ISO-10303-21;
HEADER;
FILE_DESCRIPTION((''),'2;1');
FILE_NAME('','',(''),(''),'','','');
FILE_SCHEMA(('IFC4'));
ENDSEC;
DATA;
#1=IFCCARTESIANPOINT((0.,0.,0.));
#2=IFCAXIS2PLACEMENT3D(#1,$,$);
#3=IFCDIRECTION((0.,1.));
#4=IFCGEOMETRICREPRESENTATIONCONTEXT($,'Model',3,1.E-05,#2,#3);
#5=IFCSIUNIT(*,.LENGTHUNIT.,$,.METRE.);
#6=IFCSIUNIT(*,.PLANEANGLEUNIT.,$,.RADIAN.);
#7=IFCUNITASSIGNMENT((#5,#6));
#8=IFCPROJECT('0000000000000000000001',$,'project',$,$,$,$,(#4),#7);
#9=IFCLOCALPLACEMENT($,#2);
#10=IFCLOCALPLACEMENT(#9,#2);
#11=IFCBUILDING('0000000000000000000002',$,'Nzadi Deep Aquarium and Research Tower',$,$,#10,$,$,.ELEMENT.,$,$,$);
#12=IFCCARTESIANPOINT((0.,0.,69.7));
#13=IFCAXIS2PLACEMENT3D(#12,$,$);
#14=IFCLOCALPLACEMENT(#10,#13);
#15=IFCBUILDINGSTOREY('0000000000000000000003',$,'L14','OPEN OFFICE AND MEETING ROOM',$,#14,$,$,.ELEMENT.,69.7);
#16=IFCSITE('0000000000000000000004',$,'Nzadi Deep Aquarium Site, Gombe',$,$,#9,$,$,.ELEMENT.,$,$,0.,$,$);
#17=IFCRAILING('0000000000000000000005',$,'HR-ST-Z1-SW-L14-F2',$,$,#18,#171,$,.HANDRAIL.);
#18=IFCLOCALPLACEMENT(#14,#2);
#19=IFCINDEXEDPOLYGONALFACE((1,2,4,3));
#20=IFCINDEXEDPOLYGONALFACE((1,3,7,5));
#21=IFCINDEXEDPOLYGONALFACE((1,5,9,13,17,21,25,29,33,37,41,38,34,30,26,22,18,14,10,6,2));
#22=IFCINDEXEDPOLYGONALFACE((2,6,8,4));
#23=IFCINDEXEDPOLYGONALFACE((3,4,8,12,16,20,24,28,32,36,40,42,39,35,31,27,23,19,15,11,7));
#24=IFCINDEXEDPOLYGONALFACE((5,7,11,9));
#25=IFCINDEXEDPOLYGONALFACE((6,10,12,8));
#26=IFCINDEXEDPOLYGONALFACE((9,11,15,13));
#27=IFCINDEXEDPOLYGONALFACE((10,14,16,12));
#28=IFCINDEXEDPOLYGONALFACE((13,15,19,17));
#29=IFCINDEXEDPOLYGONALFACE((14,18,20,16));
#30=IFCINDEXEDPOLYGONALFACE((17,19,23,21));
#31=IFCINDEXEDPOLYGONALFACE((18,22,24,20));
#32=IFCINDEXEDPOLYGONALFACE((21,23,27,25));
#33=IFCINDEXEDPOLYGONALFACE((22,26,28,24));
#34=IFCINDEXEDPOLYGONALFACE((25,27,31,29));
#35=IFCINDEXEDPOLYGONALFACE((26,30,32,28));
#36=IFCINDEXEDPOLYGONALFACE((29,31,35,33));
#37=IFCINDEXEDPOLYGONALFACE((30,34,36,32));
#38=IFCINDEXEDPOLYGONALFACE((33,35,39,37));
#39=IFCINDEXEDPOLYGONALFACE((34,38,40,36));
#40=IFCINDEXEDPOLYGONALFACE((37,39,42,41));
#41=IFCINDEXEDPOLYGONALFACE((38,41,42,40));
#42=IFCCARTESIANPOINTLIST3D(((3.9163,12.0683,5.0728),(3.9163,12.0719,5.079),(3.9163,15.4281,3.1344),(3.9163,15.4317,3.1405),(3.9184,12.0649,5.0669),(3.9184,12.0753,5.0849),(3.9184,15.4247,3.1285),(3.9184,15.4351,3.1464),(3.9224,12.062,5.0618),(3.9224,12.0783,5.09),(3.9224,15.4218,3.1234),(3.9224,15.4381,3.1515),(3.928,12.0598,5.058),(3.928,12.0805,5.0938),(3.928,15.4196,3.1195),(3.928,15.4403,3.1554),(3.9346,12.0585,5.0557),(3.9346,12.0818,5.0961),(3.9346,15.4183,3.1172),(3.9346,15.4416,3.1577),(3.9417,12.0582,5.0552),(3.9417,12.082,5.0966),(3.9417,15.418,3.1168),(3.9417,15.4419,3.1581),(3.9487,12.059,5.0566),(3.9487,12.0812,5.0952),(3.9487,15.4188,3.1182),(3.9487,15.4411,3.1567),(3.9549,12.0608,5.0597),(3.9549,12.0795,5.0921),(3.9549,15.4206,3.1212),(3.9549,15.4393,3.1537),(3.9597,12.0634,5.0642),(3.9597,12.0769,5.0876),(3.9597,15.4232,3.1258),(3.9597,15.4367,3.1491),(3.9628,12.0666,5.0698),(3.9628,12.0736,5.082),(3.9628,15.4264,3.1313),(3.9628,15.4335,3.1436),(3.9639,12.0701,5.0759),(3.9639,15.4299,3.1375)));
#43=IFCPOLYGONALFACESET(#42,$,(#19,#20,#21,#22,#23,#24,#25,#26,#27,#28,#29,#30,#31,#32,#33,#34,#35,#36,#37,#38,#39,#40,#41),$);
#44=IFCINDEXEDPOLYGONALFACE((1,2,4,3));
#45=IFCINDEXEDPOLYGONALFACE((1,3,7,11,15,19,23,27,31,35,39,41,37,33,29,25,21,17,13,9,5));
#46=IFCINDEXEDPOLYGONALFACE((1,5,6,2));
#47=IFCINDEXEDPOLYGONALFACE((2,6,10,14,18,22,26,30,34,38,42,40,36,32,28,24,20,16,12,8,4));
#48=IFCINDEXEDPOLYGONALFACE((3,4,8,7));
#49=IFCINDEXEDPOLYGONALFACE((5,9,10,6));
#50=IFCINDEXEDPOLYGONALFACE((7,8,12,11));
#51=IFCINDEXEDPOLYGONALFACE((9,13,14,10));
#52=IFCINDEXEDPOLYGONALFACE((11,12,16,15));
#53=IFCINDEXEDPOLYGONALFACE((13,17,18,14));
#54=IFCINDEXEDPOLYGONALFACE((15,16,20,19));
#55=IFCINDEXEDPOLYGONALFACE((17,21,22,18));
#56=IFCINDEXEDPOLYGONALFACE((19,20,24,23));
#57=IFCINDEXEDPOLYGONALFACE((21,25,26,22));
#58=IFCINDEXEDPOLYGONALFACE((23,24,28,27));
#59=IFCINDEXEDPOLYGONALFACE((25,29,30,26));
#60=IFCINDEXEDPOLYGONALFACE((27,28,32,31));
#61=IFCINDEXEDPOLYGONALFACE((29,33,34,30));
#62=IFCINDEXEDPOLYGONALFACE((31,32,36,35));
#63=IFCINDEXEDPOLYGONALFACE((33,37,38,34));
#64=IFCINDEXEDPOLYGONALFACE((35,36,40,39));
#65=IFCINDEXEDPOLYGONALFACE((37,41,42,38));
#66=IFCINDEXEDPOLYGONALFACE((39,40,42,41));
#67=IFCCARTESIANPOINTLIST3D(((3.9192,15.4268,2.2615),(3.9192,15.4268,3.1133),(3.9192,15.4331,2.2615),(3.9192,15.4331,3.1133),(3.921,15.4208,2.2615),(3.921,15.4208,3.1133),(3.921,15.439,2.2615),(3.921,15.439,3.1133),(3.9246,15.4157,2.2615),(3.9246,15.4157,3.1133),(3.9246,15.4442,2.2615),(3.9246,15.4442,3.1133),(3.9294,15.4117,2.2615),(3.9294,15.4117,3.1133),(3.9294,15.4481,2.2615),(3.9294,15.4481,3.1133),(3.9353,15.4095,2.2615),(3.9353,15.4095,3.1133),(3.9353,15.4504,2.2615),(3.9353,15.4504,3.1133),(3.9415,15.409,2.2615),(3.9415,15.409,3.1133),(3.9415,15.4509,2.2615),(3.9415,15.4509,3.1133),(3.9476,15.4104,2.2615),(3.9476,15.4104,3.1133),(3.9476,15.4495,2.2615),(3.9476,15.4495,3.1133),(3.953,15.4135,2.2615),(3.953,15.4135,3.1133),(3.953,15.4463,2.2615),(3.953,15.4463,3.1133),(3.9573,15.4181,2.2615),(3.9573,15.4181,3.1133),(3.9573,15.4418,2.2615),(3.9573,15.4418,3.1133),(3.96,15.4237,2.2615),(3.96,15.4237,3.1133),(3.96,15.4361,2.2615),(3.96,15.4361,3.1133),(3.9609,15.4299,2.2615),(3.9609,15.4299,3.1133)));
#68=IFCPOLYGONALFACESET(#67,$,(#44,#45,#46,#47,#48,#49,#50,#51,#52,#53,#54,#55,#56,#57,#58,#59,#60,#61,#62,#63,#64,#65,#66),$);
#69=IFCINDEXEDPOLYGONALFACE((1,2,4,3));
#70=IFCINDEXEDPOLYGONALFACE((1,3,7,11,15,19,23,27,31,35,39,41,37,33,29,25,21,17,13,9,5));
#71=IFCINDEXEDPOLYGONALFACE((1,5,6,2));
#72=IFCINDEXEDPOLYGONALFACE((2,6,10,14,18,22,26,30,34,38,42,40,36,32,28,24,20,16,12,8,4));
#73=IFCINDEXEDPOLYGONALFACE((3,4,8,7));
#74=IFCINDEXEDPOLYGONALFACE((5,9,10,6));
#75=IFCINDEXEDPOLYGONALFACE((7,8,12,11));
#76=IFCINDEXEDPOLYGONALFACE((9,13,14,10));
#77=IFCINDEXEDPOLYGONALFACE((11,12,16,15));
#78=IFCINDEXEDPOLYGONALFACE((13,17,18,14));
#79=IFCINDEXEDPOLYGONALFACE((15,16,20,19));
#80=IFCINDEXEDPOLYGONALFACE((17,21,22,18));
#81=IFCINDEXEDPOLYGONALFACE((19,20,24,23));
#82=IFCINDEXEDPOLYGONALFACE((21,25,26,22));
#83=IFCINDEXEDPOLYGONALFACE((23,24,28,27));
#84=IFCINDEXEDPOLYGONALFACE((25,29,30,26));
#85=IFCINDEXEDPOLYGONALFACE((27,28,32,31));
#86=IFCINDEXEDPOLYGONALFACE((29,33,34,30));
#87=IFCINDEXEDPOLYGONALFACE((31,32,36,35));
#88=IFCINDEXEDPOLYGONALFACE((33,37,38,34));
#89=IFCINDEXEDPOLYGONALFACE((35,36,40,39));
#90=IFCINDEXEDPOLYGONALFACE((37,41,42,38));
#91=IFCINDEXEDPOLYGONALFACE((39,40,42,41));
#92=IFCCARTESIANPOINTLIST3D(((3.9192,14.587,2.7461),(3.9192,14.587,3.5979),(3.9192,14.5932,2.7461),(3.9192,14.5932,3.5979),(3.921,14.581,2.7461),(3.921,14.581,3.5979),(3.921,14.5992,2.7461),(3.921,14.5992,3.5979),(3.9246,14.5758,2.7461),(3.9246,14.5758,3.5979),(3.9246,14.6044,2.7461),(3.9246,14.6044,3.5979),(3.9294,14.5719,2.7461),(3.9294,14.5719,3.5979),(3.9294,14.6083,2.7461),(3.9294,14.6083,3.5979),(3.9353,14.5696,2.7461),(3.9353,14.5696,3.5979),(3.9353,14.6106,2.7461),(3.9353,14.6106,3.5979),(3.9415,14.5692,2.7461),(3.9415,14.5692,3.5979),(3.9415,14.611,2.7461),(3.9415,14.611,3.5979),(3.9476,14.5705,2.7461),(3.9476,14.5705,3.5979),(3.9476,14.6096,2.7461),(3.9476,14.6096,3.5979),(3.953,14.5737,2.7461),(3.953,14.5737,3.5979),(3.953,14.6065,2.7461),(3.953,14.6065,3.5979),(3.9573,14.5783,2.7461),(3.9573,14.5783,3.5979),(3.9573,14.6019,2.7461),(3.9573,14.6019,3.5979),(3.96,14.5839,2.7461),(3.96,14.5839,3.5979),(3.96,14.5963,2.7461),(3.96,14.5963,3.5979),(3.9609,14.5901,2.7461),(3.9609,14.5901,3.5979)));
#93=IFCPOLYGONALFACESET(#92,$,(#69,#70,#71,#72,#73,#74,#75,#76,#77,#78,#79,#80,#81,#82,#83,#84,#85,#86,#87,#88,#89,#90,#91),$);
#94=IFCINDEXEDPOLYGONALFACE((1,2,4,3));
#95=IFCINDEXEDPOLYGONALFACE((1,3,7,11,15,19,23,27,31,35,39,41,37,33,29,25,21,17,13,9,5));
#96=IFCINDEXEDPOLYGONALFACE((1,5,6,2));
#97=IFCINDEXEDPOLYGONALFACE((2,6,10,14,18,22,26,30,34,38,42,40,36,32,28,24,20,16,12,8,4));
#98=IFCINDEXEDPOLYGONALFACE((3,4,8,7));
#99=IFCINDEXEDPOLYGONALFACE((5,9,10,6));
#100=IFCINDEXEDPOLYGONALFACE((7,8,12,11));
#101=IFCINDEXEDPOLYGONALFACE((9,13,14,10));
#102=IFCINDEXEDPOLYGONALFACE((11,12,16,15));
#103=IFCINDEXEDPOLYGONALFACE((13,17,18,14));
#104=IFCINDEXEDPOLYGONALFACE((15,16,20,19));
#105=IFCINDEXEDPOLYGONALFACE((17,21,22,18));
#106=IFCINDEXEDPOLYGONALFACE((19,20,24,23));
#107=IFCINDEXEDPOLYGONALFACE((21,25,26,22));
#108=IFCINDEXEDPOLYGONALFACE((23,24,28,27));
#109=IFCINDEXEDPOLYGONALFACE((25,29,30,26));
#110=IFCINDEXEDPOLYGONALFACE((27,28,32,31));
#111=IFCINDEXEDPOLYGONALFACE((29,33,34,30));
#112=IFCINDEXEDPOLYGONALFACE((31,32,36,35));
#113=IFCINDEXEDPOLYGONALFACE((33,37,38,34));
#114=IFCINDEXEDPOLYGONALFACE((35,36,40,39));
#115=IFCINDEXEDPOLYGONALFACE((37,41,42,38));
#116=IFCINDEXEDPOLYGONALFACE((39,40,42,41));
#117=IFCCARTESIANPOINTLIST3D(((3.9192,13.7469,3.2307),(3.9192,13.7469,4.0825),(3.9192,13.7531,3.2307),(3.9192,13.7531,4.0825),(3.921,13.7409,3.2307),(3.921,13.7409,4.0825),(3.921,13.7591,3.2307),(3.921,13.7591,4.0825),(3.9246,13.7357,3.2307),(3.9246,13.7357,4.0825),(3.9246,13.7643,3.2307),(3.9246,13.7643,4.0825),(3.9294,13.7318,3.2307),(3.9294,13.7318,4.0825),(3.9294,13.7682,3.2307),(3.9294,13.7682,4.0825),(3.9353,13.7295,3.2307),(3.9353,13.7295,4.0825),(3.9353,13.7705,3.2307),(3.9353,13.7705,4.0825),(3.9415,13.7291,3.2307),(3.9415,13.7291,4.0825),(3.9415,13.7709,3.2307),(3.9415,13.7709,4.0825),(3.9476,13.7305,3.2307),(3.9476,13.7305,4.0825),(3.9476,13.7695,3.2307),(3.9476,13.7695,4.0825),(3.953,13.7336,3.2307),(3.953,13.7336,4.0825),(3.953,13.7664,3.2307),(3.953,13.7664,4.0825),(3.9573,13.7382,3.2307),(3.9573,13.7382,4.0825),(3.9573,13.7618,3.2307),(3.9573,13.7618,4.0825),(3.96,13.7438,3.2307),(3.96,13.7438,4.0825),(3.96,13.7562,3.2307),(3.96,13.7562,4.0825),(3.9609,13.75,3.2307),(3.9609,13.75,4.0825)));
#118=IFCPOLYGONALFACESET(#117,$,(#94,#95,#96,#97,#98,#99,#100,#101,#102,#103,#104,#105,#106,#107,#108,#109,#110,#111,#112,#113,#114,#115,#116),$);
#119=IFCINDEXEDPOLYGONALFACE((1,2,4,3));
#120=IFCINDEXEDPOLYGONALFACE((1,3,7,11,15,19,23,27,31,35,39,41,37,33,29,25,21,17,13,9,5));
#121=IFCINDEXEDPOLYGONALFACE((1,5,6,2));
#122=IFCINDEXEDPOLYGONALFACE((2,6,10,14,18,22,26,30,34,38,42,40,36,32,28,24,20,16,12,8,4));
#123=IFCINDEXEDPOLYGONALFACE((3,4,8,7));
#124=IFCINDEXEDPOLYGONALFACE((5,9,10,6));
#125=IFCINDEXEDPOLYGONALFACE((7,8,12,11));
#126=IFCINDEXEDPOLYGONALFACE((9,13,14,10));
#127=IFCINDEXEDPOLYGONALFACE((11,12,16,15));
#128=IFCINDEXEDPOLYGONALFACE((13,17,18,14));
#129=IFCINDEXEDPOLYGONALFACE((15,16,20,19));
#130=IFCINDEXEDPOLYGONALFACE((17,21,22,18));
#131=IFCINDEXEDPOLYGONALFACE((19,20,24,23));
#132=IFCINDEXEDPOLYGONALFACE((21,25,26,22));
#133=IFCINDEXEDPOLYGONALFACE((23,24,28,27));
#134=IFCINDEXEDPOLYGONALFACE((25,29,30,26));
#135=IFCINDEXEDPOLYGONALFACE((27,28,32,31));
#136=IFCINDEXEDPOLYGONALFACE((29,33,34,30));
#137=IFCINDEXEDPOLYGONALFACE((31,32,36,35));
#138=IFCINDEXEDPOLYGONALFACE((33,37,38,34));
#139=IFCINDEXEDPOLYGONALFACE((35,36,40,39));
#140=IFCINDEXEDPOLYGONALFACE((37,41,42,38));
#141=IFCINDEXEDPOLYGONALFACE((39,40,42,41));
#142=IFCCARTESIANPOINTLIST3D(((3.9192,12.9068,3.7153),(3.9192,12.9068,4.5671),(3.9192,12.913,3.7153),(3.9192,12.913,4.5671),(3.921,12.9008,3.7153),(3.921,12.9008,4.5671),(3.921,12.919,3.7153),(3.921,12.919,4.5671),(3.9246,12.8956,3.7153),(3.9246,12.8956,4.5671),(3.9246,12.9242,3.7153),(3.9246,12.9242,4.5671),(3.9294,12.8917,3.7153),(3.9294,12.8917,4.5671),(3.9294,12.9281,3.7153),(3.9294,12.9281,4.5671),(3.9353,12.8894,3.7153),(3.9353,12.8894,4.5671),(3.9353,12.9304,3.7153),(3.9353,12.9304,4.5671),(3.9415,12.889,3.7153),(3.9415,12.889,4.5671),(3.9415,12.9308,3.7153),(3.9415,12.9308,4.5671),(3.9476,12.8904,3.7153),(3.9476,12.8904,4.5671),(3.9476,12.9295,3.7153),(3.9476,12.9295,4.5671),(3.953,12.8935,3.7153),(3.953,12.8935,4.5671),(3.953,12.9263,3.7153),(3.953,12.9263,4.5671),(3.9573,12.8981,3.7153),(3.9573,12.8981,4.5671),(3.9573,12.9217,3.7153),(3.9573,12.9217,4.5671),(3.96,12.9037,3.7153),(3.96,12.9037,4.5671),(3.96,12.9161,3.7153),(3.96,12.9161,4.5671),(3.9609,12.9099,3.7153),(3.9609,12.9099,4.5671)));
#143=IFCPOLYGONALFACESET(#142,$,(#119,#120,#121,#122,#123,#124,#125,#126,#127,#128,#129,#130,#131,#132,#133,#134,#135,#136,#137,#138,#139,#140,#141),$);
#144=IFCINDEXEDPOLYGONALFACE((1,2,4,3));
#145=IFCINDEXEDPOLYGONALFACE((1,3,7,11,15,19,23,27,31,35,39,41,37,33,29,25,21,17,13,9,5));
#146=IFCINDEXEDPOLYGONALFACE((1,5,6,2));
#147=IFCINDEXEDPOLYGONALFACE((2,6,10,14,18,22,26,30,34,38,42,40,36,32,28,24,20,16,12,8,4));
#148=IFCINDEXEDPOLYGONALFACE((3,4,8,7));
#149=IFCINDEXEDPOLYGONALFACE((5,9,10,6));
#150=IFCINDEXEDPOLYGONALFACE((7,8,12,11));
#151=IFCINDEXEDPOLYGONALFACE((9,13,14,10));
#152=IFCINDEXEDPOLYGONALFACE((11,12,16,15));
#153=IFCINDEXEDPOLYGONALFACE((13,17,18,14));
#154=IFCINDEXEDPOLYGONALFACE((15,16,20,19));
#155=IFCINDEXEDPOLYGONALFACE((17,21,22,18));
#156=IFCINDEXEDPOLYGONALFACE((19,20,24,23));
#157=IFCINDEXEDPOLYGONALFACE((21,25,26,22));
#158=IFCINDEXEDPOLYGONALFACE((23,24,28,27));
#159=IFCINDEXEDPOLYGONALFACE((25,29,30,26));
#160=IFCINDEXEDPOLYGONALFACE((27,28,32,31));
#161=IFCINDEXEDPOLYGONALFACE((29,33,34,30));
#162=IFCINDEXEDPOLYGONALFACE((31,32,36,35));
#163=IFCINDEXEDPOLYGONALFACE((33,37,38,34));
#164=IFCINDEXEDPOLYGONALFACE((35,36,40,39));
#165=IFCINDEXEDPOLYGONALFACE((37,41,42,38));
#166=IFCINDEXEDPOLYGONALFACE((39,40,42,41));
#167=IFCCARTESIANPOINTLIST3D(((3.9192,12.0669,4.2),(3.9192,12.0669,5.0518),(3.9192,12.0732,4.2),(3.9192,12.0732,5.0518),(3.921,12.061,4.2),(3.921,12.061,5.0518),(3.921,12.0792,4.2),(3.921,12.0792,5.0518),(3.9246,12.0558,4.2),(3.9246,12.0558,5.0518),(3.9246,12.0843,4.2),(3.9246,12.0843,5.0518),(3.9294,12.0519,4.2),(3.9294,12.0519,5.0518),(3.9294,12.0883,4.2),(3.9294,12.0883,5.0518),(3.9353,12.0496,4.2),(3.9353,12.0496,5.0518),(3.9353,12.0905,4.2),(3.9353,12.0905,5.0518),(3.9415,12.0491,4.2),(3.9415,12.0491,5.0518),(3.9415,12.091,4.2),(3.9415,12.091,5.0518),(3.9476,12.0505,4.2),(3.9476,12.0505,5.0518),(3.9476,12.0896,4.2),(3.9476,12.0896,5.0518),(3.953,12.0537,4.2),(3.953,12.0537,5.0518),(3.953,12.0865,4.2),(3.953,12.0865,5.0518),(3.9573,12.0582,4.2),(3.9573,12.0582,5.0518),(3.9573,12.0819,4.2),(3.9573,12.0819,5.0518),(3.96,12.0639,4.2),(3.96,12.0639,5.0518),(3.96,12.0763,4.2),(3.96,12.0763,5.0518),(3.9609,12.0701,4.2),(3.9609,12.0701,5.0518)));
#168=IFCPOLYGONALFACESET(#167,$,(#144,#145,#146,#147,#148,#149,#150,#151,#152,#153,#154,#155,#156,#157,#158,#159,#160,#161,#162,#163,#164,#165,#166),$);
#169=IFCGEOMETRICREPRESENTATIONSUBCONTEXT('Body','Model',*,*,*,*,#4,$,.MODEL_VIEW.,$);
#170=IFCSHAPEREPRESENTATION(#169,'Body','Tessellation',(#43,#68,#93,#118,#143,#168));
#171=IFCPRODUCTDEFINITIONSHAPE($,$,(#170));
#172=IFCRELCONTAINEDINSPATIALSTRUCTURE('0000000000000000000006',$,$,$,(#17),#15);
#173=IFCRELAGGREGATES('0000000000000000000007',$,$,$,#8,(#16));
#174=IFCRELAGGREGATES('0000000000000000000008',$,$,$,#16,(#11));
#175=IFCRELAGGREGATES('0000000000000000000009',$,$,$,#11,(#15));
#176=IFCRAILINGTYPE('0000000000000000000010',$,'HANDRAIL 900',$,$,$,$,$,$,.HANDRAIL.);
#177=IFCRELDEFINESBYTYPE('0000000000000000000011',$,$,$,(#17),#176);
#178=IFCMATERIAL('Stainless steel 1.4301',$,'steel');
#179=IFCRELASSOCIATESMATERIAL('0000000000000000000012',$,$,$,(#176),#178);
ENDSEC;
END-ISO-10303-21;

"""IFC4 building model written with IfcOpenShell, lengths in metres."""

from ifc_helpers import new_model, si_unit, direction, frame, origin, origin_2d, place, context, subcontext, project, spatial, circle, extrude, material, type_object, element, save


model = new_model("IFC4")

# Units and contexts
model_context = context("Model", 3, precision=1e-05, world=origin(), true_north=direction((0.0, 1.0)))
body_context = subcontext(model_context, "Body", "Model", "MODEL_VIEW")
ifc_project = project(units=[si_unit("LENGTHUNIT", "METRE"), si_unit("PLANEANGLEUNIT", "RADIAN")], contexts=[model_context])

# Site, building, storey
site_placement = place(None, origin())
site = spatial("IfcSite", under=ifc_project, at=site_placement, Name="Nzadi Deep Aquarium Site, Gombe", CompositionType="ELEMENT", RefElevation=0.0)
building_placement = place(site_placement, origin())
building = spatial("IfcBuilding", under=site, at=building_placement, Name="Nzadi Deep Aquarium and Research Tower", CompositionType="ELEMENT")
storey_placement = place(building_placement, frame((0.0, 0.0, 69.7)))
storey = spatial("IfcBuildingStorey", under=building, at=storey_placement, Name="L14", Description="OPEN OFFICE AND MEETING ROOM", CompositionType="ELEMENT", Elevation=69.7)

# Railing
ifc_material_1 = material(Name="Stainless steel 1.4301", Category="steel")
railing_type = type_object("IfcRailingType", Name="HANDRAIL 900", PredefinedType="HANDRAIL", material=ifc_material_1)
for number, where, name in (
    (1, (3.9399, 15.4299, 2.2615), "HR-ST-Z1-SW-L14-F2"),
):
    element("IfcRailing", number, at=place(storey_placement, frame(where)), inside=storey, type_object=railing_type, Name=name, PredefinedType="HANDRAIL", context=body_context, shape_type="SweptSolid", body=[
        extrude(circle(Radius=0.0239, at=origin_2d()), frame((0.0, 0.0, 0.876), z_axis=(0.0, -0.866175, 0.499741), x_axis=(1.0, 0.0, 0.0)), (0.0, 0.0, 1.0), 3.8789),
        extrude(circle(Radius=0.021, at=origin_2d()), origin(), (0.0, 0.0, 1.0), 0.8518),
        extrude(circle(Radius=0.021, at=origin_2d()), frame((0.0, -0.8398, 0.4846)), (0.0, 0.0, 1.0), 0.8518),
        extrude(circle(Radius=0.021, at=origin_2d()), frame((0.0, -1.6799, 0.9692)), (0.0, 0.0, 1.0), 0.8518),
        extrude(circle(Radius=0.021, at=origin_2d()), frame((0.0, -2.52, 1.4539)), (0.0, 0.0, 1.0), 0.8518),
        extrude(circle(Radius=0.021, at=origin_2d()), frame((0.0, -3.3599, 1.9385)), (0.0, 0.0, 1.0), 0.8518),
    ])

save(model, "model.ifc")
